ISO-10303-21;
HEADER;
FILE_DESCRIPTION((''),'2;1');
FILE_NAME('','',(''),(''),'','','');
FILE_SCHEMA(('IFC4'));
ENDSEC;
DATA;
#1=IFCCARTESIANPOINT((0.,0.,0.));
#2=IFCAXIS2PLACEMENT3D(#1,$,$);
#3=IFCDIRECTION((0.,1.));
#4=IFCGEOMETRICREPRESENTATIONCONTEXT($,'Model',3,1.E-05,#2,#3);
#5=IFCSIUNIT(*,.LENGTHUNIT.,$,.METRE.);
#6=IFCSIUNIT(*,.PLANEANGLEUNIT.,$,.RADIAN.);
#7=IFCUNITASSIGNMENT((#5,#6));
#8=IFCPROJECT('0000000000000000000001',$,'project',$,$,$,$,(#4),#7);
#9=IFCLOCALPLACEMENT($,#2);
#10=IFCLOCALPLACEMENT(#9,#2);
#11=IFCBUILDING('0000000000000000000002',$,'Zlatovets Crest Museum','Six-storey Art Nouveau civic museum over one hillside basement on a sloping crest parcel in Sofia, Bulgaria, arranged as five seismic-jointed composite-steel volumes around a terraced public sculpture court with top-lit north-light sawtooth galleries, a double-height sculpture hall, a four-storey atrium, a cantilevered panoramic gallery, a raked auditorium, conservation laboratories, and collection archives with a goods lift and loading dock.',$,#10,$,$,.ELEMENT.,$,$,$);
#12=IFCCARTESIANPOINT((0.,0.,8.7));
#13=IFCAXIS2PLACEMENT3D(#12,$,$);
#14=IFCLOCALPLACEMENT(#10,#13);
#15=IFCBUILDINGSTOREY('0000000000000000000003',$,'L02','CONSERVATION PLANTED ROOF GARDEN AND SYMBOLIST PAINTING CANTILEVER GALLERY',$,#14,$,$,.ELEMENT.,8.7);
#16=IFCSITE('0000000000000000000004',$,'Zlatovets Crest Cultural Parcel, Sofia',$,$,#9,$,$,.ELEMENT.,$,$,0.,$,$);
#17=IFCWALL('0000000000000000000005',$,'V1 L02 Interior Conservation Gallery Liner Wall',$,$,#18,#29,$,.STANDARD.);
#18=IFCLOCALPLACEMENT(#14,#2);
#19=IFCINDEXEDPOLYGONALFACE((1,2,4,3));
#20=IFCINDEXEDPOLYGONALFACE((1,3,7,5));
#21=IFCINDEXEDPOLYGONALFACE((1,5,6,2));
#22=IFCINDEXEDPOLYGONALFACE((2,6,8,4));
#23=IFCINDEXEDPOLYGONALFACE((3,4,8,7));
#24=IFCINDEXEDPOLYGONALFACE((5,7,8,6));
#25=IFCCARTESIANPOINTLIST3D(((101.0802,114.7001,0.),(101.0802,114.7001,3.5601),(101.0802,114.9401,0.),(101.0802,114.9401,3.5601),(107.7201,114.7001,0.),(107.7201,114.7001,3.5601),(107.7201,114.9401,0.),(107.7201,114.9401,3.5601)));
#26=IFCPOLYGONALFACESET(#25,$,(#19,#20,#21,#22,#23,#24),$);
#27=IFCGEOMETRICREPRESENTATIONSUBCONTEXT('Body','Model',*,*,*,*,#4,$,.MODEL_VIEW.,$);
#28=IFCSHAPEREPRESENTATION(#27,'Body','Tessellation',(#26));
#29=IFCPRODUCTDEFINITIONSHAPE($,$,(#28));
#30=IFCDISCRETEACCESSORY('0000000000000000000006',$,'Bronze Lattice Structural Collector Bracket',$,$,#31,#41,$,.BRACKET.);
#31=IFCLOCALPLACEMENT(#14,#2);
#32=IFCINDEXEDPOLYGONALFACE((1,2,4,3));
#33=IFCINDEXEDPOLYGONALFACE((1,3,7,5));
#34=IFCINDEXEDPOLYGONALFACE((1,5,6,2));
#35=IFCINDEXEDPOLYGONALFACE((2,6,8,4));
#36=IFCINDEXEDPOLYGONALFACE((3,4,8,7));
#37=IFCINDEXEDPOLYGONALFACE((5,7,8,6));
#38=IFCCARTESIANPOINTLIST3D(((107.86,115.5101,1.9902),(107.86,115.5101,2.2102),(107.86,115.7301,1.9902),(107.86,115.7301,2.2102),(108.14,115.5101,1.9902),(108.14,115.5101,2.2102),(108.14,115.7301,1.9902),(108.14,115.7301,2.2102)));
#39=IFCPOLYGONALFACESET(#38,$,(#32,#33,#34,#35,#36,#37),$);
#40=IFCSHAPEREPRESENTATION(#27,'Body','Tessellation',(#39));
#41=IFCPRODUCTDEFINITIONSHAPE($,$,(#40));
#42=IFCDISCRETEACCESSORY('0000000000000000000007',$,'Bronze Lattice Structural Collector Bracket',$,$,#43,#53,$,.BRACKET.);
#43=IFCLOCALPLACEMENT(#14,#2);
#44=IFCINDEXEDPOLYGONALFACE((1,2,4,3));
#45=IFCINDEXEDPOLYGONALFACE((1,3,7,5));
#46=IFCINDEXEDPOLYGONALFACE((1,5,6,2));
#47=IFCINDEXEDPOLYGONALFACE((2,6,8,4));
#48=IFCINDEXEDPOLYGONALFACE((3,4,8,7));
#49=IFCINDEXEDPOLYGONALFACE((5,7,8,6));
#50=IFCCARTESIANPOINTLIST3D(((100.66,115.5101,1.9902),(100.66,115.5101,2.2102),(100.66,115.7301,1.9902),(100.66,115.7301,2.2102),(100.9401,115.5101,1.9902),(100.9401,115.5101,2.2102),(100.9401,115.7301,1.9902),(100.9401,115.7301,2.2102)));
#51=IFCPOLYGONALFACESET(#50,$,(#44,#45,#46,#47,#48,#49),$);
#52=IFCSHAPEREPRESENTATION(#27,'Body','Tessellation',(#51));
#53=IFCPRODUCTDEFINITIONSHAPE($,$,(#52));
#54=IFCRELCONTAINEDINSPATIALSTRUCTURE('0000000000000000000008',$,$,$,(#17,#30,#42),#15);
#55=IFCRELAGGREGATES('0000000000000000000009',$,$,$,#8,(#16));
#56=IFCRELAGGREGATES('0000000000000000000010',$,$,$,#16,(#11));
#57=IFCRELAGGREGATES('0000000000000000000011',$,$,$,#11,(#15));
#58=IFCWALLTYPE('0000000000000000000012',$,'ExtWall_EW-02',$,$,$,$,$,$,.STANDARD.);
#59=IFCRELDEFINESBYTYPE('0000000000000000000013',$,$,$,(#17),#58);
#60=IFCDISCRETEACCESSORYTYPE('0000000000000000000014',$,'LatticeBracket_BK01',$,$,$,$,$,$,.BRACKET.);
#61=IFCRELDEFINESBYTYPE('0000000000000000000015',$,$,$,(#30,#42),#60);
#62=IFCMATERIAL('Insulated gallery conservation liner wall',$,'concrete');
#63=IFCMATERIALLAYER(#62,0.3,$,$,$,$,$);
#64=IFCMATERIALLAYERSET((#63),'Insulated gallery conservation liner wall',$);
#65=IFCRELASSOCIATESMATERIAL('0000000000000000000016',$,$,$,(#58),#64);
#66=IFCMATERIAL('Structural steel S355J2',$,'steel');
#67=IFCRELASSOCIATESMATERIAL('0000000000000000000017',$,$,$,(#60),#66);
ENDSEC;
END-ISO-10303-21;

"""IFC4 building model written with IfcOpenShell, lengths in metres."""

from ifc_helpers import new_model, si_unit, direction, frame, frame_2d, origin, origin_2d, place, context, subcontext, project, spatial, rectangle, extrude, material, layer, layer_set, type_object, element, save


model = new_model("IFC4")

# Units and contexts
model_context = context("Model", 3, precision=1e-05, world=origin(), true_north=direction((0.0, 1.0)))
body_context = subcontext(model_context, "Body", "Model", "MODEL_VIEW")
ifc_project = project(units=[si_unit("LENGTHUNIT", "METRE"), si_unit("PLANEANGLEUNIT", "RADIAN")], contexts=[model_context])

# Site, building, storey
site_placement = place(None, origin())
site = spatial("IfcSite", under=ifc_project, at=site_placement, Name="Zlatovets Crest Cultural Parcel, Sofia", CompositionType="ELEMENT", RefElevation=0.0)
building_placement = place(site_placement, origin())
building = spatial("IfcBuilding", under=site, at=building_placement, Name="Zlatovets Crest Museum", Description="Six-storey Art Nouveau civic museum over one hillside basement on a sloping crest parcel in Sofia, Bulgaria, arranged as five seismic-jointed composite-steel volumes around a terraced public sculpture court with top-lit north-light sawtooth galleries, a double-height sculpture hall, a four-storey atrium, a cantilevered panoramic gallery, a raked auditorium, conservation laboratories, and collection archives with a goods lift and loading dock.", CompositionType="ELEMENT")
storey_placement = place(building_placement, frame((0.0, 0.0, 8.7)))
storey = spatial("IfcBuildingStorey", under=building, at=storey_placement, Name="L02", Description="CONSERVATION PLANTED ROOF GARDEN AND SYMBOLIST PAINTING CANTILEVER GALLERY", CompositionType="ELEMENT", Elevation=8.7)

# Shared definitions
ifc_material_1 = material(Name="Structural steel S355J2", Category="steel")

# Wall
ifc_material_2 = material(Name="Insulated gallery conservation liner wall", Category="concrete")
ifc_layer_1 = layer(ifc_material_2, 0.3)
ifc_layer_set_1 = layer_set([ifc_layer_1], Name="Insulated gallery conservation liner wall")
wall_type = type_object("IfcWallType", Name="ExtWall_EW-02", PredefinedType="STANDARD", material=ifc_layer_set_1)
wall_placement = place(storey_placement, frame((107.72, 114.8201, 0.0), z_axis=(0.0, 0.0, 1.0), x_axis=(-1.0, 0.0, 0.0)))
element("IfcWall", 1, at=wall_placement, inside=storey, type_object=wall_type, Name="V1 L02 Interior Conservation Gallery Liner Wall", PredefinedType="STANDARD", context=body_context, shape_type="SweptSolid", body=[
    extrude(rectangle(XDim=6.6399, YDim=0.24, at=frame_2d((3.3198, 0.0))), origin(), (0.0, 0.0, 1.0), 3.5601),
])

# Discrete accessories
discrete_accessory_type = type_object("IfcDiscreteAccessoryType", Name="LatticeBracket_BK01", PredefinedType="BRACKET", material=ifc_material_1)
for number, where, z_axis, x_axis, name in (
    (2, (108.0, 115.6201, 1.9902), (0.0, 0.0, 1.0), (1.0, 0.0, 0.0), "Bronze Lattice Structural Collector Bracket"),
    (3, (100.8, 115.6201, 1.9902), (0.0, 0.0, 1.0), (1.0, 0.0, 0.0), "Bronze Lattice Structural Collector Bracket"),
):
    element("IfcDiscreteAccessory", number, at=place(storey_placement, frame(where, z_axis=z_axis, x_axis=x_axis)), inside=storey, type_object=discrete_accessory_type, Name=name, PredefinedType="BRACKET", context=body_context, shape_type="SweptSolid", body=[
        extrude(rectangle(XDim=0.28, YDim=0.22, at=origin_2d()), origin(), (0.0, 0.0, 1.0), 0.22),
    ])

save(model, "model.ifc")
